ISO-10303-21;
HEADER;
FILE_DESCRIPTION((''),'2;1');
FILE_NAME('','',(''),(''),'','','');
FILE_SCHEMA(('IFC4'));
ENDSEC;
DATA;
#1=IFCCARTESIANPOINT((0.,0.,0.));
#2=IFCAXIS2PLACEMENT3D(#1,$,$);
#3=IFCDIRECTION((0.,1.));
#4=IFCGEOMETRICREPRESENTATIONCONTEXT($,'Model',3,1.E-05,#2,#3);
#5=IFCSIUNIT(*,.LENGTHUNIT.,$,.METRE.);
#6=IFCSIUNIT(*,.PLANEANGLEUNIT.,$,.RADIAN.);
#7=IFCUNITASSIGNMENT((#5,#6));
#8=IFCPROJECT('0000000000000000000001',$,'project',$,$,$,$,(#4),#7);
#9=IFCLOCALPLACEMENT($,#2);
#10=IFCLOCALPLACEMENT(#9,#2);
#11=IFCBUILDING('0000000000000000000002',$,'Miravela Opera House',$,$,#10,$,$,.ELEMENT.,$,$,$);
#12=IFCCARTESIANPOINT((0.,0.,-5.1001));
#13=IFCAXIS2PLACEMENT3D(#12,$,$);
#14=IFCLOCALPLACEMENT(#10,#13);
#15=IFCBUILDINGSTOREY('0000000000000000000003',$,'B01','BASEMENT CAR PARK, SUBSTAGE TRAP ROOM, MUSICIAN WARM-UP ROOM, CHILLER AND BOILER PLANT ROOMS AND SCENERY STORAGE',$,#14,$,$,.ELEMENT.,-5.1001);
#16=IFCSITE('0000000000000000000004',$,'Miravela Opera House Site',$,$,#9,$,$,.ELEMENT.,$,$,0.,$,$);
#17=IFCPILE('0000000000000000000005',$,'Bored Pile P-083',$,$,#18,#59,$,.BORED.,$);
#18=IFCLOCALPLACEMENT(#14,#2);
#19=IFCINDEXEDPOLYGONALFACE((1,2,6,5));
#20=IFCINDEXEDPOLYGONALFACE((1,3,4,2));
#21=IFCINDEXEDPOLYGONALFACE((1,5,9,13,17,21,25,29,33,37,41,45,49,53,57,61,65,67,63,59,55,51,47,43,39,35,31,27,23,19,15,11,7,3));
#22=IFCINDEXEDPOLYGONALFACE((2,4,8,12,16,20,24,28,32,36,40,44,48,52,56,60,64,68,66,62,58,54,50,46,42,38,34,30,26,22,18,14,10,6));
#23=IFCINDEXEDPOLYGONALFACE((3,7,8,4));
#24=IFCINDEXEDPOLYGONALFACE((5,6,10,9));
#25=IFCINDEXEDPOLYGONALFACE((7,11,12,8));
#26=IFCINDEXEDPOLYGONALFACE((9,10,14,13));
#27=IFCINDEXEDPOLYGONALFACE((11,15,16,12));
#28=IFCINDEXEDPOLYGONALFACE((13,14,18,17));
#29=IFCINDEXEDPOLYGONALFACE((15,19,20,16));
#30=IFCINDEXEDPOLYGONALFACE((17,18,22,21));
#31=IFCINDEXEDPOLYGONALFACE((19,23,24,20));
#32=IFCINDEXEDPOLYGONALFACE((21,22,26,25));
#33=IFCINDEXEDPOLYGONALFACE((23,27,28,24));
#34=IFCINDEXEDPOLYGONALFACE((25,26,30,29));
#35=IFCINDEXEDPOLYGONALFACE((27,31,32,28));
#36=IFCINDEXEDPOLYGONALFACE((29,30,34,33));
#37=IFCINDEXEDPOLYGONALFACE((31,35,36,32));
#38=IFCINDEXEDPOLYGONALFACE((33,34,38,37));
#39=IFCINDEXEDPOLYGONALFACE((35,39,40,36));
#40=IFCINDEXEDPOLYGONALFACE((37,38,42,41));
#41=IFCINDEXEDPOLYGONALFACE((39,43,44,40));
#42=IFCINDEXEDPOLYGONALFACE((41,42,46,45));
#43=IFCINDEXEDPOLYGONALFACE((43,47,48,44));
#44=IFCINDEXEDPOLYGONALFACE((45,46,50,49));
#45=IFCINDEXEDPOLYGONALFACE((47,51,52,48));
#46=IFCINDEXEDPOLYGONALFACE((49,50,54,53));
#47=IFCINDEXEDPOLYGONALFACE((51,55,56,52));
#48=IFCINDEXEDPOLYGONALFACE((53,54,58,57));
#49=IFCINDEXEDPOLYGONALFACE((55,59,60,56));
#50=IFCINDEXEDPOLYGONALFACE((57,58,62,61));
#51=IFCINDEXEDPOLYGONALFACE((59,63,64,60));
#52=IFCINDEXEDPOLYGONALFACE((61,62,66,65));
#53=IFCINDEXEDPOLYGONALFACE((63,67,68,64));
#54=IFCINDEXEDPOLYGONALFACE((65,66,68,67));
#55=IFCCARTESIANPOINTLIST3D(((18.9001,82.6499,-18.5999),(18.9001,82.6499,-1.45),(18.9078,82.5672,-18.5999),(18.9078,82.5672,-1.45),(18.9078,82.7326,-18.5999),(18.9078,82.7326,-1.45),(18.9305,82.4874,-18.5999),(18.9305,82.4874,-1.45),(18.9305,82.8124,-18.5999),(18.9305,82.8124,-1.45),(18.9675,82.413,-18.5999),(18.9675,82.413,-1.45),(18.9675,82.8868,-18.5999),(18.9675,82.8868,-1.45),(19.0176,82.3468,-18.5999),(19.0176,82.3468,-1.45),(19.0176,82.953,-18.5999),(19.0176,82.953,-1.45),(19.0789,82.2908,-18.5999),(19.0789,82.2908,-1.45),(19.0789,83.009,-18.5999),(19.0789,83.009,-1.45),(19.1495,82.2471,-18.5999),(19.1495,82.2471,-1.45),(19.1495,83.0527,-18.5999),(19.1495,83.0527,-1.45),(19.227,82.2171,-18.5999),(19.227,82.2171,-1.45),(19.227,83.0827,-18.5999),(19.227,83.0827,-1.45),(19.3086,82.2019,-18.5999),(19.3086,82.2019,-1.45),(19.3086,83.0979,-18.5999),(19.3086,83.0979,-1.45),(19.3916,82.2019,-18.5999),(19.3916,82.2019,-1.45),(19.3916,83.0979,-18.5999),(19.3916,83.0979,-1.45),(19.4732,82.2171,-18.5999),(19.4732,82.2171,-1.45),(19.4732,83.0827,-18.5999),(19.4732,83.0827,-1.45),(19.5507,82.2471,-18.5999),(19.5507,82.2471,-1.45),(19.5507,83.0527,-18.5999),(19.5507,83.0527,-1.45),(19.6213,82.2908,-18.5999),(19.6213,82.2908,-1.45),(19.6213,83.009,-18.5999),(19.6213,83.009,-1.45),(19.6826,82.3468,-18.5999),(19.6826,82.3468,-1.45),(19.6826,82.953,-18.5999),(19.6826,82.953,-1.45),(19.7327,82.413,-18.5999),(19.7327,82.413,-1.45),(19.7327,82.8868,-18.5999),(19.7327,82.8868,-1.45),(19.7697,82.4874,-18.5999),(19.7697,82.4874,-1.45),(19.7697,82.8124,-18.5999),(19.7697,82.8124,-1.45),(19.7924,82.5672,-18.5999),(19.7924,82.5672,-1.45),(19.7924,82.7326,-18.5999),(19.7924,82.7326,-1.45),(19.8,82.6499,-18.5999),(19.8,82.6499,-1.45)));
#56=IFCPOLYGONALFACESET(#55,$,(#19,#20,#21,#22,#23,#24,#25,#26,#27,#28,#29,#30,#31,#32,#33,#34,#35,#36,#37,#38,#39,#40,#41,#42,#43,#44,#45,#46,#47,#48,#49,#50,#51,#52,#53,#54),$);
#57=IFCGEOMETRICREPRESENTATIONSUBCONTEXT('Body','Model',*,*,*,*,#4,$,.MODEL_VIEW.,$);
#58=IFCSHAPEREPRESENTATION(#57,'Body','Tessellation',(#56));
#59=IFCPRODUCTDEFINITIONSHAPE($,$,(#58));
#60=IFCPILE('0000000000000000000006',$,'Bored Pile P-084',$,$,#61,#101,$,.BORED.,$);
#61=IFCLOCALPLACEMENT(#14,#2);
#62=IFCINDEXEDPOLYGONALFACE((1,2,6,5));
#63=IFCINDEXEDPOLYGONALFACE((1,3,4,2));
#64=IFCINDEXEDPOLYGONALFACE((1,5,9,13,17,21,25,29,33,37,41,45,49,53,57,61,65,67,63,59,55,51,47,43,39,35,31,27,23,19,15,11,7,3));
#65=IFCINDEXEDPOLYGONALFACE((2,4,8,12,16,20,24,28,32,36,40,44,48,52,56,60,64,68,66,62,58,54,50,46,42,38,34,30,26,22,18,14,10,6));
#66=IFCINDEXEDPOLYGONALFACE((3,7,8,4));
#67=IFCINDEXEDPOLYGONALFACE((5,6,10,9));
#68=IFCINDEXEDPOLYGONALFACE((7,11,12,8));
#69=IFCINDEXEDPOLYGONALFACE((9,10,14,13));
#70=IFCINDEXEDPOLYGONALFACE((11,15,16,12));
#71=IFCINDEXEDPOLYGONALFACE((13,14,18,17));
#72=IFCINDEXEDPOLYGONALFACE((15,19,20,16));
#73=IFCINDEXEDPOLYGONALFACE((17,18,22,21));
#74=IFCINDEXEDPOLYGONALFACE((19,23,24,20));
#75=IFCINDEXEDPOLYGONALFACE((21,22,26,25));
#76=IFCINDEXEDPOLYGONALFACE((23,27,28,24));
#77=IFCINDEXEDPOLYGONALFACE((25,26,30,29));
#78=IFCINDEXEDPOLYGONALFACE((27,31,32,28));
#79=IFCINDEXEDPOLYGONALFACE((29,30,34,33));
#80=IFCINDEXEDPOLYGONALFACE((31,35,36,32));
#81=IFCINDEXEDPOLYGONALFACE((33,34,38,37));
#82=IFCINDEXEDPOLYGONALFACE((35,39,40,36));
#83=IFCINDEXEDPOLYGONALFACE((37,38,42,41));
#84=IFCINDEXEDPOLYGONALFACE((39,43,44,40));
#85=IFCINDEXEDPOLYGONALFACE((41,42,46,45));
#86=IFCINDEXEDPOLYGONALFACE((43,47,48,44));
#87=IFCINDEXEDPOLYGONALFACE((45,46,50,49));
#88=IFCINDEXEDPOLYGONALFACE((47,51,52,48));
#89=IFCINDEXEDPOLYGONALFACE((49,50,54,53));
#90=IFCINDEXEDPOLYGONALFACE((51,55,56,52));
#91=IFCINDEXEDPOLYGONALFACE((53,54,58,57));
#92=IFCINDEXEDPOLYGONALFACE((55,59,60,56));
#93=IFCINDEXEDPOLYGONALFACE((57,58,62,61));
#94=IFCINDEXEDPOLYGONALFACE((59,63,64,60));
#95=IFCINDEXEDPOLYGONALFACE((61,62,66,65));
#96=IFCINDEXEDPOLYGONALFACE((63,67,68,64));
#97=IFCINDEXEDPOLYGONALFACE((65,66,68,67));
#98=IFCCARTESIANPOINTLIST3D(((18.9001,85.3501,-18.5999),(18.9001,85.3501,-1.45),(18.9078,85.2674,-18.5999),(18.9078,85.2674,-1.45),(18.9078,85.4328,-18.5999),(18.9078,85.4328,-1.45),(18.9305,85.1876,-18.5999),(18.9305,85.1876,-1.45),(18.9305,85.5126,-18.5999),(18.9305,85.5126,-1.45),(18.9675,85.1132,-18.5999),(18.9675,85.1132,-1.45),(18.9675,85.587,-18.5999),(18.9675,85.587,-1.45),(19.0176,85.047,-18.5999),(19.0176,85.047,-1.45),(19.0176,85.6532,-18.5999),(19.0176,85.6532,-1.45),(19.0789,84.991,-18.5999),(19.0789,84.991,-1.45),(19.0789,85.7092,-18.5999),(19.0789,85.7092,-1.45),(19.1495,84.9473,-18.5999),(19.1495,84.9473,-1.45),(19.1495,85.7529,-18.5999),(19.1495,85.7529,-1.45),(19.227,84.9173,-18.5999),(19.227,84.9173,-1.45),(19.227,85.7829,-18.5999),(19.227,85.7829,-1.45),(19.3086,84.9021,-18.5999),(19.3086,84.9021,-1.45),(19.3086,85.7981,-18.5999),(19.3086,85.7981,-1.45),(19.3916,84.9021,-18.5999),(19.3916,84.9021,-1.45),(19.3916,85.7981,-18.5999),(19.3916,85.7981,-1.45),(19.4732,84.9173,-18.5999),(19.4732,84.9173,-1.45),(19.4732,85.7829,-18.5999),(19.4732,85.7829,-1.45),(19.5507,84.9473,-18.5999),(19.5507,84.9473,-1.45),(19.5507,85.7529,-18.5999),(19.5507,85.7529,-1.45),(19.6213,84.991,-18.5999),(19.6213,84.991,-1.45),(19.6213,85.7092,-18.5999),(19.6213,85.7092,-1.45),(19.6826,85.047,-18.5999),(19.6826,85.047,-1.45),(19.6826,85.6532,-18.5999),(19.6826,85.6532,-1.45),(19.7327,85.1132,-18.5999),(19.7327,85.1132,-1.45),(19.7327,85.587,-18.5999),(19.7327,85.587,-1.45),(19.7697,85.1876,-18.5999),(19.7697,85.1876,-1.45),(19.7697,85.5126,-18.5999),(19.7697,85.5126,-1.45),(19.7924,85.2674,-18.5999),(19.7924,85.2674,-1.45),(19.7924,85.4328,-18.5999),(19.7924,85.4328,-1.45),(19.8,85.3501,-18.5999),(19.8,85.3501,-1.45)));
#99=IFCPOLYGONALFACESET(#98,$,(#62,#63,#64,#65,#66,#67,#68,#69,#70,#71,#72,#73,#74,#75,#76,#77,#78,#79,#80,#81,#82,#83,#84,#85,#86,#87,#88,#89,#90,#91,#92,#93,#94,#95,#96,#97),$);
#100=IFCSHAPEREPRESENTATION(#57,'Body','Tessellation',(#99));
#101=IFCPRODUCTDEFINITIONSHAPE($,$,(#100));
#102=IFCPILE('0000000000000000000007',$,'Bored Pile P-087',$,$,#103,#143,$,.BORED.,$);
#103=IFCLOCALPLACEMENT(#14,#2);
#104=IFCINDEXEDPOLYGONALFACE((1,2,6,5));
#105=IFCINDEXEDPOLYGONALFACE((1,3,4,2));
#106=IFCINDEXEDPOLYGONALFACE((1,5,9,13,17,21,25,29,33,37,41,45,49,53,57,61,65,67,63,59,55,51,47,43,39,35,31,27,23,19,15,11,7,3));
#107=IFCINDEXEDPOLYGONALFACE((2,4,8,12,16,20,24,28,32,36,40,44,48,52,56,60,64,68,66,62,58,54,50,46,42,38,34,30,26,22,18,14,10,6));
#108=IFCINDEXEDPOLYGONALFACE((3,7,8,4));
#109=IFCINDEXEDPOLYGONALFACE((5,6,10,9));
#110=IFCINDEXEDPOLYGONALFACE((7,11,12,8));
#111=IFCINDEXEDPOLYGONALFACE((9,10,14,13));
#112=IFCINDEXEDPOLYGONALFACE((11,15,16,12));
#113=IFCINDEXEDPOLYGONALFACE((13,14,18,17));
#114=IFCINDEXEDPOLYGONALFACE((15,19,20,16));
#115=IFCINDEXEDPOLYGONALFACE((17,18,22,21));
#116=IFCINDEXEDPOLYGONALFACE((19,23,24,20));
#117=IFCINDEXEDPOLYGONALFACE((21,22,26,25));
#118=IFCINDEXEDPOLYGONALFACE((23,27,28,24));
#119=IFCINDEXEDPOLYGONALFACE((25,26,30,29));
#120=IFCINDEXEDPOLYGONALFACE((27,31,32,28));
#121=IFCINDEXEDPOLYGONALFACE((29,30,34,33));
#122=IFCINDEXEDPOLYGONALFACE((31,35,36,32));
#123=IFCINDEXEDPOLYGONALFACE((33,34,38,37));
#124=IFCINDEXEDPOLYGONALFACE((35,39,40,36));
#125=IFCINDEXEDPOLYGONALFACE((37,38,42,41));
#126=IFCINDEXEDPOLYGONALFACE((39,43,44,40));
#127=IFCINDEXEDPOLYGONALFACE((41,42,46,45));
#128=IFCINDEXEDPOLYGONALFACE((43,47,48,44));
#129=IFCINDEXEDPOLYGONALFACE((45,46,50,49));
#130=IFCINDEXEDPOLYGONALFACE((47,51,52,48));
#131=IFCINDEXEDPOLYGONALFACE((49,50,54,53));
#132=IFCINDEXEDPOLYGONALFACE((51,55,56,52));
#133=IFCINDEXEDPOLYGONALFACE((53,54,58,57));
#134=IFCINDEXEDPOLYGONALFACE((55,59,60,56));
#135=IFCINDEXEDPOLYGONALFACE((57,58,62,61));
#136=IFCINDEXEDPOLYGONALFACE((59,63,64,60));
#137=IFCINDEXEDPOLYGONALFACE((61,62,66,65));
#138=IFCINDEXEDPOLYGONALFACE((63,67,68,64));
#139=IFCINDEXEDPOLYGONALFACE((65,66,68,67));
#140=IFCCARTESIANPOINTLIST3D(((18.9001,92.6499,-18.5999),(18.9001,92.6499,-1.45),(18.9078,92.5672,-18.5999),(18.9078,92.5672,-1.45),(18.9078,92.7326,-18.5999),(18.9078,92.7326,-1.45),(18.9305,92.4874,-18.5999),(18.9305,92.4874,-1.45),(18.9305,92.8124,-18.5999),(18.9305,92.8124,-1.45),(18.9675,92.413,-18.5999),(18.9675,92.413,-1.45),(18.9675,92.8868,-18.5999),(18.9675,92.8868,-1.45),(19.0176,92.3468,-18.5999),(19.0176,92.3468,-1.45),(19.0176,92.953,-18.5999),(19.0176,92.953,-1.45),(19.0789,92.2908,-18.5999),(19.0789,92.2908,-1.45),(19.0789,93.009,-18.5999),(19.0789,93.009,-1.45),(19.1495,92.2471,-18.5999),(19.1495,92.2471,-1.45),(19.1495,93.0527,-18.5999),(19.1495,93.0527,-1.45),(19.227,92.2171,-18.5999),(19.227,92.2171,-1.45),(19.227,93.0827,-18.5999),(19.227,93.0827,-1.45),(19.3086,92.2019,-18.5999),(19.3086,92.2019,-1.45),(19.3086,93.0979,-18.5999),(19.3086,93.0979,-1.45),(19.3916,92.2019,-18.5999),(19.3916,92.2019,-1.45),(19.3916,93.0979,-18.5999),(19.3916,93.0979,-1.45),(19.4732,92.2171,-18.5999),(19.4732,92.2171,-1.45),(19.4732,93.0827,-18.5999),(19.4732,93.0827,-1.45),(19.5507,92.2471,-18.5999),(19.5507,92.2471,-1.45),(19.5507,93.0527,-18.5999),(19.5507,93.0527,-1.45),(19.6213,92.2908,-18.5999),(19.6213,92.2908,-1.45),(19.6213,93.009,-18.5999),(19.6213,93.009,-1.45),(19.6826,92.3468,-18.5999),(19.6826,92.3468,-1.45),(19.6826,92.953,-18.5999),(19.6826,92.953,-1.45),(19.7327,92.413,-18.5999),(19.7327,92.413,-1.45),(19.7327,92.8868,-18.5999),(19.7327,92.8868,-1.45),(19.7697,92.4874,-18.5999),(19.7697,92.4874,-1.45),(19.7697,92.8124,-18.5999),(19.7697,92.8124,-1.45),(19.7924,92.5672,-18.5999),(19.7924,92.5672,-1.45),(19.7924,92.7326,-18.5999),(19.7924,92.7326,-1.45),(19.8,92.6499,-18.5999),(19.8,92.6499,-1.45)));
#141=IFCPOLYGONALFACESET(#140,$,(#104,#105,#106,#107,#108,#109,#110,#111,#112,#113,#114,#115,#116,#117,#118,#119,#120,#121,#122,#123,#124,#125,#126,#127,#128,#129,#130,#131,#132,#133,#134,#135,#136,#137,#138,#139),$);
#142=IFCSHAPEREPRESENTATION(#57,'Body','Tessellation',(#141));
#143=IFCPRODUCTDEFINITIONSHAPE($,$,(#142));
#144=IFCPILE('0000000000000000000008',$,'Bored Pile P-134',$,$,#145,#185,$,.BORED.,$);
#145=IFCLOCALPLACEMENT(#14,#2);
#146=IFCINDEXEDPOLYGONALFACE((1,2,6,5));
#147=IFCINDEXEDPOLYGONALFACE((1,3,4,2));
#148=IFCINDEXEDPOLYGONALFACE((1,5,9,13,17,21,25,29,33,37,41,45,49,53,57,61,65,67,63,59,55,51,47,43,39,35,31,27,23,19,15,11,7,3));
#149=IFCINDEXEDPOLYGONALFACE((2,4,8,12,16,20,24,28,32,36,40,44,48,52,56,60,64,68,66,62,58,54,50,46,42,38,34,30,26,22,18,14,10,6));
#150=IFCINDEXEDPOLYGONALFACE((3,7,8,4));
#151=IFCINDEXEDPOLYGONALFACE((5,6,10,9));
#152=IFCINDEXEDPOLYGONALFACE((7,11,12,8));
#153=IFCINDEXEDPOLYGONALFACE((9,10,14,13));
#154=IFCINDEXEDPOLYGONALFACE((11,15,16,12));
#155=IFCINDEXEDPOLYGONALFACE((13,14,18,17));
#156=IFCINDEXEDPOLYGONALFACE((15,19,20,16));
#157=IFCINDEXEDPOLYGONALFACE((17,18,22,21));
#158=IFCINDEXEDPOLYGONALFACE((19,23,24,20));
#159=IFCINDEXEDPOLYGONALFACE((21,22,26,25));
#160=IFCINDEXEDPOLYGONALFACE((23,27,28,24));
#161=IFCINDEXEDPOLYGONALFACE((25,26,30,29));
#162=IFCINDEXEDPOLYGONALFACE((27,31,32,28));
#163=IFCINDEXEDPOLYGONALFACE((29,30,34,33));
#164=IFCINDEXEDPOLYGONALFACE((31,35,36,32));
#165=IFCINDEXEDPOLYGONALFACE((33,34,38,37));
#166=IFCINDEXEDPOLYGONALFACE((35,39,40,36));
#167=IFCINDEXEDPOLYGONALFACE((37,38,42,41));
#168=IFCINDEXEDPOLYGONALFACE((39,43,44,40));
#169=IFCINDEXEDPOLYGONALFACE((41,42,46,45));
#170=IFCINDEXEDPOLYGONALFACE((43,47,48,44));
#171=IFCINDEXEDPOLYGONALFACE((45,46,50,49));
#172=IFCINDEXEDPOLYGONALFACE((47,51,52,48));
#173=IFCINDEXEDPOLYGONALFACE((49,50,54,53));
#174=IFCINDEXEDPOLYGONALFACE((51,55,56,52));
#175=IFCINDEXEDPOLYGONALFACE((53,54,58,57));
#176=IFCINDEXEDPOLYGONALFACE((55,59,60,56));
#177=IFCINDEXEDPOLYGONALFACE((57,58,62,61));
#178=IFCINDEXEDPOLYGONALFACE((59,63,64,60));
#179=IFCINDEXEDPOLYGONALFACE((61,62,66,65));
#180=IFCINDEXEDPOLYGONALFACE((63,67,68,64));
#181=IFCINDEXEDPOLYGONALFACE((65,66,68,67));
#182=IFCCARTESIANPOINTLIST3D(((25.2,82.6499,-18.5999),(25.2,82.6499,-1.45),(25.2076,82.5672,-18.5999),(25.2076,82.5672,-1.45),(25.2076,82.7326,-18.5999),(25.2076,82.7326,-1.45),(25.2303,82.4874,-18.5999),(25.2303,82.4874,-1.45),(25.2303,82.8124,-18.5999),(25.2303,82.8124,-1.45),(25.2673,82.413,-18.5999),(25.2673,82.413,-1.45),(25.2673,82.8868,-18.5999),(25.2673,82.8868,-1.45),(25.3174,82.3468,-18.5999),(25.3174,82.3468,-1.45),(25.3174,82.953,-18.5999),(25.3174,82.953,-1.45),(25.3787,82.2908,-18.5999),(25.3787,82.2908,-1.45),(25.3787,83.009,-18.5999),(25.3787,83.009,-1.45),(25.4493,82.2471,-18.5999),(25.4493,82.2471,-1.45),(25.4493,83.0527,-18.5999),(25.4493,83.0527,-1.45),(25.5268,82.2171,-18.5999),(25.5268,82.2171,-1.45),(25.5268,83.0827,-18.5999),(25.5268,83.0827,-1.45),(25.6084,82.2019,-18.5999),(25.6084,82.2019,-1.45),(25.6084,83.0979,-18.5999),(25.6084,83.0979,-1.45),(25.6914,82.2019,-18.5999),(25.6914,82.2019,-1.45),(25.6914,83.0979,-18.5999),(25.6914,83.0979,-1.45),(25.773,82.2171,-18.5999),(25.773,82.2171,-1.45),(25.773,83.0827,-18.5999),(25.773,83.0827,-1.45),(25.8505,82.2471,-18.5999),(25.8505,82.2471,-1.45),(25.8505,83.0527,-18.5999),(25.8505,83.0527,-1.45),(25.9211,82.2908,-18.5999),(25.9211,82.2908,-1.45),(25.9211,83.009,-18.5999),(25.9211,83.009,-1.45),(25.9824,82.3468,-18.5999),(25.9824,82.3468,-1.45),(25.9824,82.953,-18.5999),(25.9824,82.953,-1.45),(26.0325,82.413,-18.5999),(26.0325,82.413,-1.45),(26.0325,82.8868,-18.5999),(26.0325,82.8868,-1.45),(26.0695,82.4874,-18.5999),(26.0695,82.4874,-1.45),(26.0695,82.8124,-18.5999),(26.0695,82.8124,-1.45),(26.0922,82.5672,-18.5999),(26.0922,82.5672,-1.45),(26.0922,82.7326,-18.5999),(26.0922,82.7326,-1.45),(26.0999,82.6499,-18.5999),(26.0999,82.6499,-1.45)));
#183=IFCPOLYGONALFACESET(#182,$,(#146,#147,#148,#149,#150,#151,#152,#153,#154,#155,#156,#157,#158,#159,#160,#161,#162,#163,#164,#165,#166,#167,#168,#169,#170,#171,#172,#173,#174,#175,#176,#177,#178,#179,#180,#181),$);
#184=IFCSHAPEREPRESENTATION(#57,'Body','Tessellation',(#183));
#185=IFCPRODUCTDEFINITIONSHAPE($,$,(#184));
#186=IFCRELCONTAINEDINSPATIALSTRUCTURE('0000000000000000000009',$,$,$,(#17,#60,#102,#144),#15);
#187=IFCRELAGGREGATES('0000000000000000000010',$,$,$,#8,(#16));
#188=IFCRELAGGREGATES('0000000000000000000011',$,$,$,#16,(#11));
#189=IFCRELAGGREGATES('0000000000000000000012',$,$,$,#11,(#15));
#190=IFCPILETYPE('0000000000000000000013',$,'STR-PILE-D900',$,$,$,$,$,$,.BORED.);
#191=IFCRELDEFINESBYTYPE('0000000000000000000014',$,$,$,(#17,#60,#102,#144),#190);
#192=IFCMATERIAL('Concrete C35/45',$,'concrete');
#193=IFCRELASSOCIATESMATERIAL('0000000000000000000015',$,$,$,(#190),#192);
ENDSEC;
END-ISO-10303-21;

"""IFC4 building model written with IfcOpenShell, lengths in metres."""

from ifc_helpers import new_model, si_unit, direction, frame, origin, origin_2d, place, context, subcontext, project, spatial, circle, extrude, material, material_profile, profile_set, type_object, element, save


model = new_model("IFC4")

# Units and contexts
model_context = context("Model", 3, precision=1e-05, world=origin(), true_north=direction((0.0, 1.0)))
body_context = subcontext(model_context, "Body", "Model", "MODEL_VIEW")
ifc_project = project(units=[si_unit("LENGTHUNIT", "METRE"), si_unit("PLANEANGLEUNIT", "RADIAN")], contexts=[model_context])

# Site, building, storey
site_placement = place(None, origin())
site = spatial("IfcSite", under=ifc_project, at=site_placement, Name="Miravela Opera House Site", CompositionType="ELEMENT", RefElevation=0.0)
building_placement = place(site_placement, origin())
building = spatial("IfcBuilding", under=site, at=building_placement, Name="Miravela Opera House", CompositionType="ELEMENT")
storey_placement = place(building_placement, frame((0.0, 0.0, -5.1001)))
storey = spatial("IfcBuildingStorey", under=building, at=storey_placement, Name="B01", Description="BASEMENT CAR PARK, SUBSTAGE TRAP ROOM, MUSICIAN WARM-UP ROOM, CHILLER AND BOILER PLANT ROOMS AND SCENERY STORAGE", CompositionType="ELEMENT", Elevation=-5.1001)

# Shared definitions
ifc_material_1 = material(Name="Concrete C35/45", Category="concrete")

# Piles
ifc_material_profile_1 = material_profile(ifc_material_1, circle(Radius=0.45, at=origin_2d()), Name="PILE-D900")
ifc_profile_set_1 = profile_set([ifc_material_profile_1])
pile_type_1 = type_object("IfcPileType", Name="STR-PILE-D900", PredefinedType="BORED", material=ifc_profile_set_1)
for number, where, z_axis, x_axis, name in (
    (1, (19.3501, 82.6499, -1.45), (0.0, 0.0, -1.0), (1.0, 0.0, 0.0), "Bored Pile P-083"),
    (2, (19.3501, 85.3501, -1.45), (0.0, 0.0, -1.0), (1.0, 0.0, 0.0), "Bored Pile P-084"),
    (3, (19.3501, 92.6499, -1.45), (0.0, 0.0, -1.0), (1.0, 0.0, 0.0), "Bored Pile P-087"),
    (4, (25.6499, 82.6499, -1.45), (0.0, 0.0, -1.0), (1.0, 0.0, 0.0), "Bored Pile P-134"),
):
    element("IfcPile", number, at=place(storey_placement, frame(where, z_axis=z_axis, x_axis=x_axis)), inside=storey, type_object=pile_type_1, Name=name, PredefinedType="BORED", context=body_context, shape_type="SweptSolid", body=[
        extrude(circle(Radius=0.45, at=origin_2d()), origin(), (0.0, 0.0, 1.0), 17.1499),
    ])

save(model, "model.ifc")
